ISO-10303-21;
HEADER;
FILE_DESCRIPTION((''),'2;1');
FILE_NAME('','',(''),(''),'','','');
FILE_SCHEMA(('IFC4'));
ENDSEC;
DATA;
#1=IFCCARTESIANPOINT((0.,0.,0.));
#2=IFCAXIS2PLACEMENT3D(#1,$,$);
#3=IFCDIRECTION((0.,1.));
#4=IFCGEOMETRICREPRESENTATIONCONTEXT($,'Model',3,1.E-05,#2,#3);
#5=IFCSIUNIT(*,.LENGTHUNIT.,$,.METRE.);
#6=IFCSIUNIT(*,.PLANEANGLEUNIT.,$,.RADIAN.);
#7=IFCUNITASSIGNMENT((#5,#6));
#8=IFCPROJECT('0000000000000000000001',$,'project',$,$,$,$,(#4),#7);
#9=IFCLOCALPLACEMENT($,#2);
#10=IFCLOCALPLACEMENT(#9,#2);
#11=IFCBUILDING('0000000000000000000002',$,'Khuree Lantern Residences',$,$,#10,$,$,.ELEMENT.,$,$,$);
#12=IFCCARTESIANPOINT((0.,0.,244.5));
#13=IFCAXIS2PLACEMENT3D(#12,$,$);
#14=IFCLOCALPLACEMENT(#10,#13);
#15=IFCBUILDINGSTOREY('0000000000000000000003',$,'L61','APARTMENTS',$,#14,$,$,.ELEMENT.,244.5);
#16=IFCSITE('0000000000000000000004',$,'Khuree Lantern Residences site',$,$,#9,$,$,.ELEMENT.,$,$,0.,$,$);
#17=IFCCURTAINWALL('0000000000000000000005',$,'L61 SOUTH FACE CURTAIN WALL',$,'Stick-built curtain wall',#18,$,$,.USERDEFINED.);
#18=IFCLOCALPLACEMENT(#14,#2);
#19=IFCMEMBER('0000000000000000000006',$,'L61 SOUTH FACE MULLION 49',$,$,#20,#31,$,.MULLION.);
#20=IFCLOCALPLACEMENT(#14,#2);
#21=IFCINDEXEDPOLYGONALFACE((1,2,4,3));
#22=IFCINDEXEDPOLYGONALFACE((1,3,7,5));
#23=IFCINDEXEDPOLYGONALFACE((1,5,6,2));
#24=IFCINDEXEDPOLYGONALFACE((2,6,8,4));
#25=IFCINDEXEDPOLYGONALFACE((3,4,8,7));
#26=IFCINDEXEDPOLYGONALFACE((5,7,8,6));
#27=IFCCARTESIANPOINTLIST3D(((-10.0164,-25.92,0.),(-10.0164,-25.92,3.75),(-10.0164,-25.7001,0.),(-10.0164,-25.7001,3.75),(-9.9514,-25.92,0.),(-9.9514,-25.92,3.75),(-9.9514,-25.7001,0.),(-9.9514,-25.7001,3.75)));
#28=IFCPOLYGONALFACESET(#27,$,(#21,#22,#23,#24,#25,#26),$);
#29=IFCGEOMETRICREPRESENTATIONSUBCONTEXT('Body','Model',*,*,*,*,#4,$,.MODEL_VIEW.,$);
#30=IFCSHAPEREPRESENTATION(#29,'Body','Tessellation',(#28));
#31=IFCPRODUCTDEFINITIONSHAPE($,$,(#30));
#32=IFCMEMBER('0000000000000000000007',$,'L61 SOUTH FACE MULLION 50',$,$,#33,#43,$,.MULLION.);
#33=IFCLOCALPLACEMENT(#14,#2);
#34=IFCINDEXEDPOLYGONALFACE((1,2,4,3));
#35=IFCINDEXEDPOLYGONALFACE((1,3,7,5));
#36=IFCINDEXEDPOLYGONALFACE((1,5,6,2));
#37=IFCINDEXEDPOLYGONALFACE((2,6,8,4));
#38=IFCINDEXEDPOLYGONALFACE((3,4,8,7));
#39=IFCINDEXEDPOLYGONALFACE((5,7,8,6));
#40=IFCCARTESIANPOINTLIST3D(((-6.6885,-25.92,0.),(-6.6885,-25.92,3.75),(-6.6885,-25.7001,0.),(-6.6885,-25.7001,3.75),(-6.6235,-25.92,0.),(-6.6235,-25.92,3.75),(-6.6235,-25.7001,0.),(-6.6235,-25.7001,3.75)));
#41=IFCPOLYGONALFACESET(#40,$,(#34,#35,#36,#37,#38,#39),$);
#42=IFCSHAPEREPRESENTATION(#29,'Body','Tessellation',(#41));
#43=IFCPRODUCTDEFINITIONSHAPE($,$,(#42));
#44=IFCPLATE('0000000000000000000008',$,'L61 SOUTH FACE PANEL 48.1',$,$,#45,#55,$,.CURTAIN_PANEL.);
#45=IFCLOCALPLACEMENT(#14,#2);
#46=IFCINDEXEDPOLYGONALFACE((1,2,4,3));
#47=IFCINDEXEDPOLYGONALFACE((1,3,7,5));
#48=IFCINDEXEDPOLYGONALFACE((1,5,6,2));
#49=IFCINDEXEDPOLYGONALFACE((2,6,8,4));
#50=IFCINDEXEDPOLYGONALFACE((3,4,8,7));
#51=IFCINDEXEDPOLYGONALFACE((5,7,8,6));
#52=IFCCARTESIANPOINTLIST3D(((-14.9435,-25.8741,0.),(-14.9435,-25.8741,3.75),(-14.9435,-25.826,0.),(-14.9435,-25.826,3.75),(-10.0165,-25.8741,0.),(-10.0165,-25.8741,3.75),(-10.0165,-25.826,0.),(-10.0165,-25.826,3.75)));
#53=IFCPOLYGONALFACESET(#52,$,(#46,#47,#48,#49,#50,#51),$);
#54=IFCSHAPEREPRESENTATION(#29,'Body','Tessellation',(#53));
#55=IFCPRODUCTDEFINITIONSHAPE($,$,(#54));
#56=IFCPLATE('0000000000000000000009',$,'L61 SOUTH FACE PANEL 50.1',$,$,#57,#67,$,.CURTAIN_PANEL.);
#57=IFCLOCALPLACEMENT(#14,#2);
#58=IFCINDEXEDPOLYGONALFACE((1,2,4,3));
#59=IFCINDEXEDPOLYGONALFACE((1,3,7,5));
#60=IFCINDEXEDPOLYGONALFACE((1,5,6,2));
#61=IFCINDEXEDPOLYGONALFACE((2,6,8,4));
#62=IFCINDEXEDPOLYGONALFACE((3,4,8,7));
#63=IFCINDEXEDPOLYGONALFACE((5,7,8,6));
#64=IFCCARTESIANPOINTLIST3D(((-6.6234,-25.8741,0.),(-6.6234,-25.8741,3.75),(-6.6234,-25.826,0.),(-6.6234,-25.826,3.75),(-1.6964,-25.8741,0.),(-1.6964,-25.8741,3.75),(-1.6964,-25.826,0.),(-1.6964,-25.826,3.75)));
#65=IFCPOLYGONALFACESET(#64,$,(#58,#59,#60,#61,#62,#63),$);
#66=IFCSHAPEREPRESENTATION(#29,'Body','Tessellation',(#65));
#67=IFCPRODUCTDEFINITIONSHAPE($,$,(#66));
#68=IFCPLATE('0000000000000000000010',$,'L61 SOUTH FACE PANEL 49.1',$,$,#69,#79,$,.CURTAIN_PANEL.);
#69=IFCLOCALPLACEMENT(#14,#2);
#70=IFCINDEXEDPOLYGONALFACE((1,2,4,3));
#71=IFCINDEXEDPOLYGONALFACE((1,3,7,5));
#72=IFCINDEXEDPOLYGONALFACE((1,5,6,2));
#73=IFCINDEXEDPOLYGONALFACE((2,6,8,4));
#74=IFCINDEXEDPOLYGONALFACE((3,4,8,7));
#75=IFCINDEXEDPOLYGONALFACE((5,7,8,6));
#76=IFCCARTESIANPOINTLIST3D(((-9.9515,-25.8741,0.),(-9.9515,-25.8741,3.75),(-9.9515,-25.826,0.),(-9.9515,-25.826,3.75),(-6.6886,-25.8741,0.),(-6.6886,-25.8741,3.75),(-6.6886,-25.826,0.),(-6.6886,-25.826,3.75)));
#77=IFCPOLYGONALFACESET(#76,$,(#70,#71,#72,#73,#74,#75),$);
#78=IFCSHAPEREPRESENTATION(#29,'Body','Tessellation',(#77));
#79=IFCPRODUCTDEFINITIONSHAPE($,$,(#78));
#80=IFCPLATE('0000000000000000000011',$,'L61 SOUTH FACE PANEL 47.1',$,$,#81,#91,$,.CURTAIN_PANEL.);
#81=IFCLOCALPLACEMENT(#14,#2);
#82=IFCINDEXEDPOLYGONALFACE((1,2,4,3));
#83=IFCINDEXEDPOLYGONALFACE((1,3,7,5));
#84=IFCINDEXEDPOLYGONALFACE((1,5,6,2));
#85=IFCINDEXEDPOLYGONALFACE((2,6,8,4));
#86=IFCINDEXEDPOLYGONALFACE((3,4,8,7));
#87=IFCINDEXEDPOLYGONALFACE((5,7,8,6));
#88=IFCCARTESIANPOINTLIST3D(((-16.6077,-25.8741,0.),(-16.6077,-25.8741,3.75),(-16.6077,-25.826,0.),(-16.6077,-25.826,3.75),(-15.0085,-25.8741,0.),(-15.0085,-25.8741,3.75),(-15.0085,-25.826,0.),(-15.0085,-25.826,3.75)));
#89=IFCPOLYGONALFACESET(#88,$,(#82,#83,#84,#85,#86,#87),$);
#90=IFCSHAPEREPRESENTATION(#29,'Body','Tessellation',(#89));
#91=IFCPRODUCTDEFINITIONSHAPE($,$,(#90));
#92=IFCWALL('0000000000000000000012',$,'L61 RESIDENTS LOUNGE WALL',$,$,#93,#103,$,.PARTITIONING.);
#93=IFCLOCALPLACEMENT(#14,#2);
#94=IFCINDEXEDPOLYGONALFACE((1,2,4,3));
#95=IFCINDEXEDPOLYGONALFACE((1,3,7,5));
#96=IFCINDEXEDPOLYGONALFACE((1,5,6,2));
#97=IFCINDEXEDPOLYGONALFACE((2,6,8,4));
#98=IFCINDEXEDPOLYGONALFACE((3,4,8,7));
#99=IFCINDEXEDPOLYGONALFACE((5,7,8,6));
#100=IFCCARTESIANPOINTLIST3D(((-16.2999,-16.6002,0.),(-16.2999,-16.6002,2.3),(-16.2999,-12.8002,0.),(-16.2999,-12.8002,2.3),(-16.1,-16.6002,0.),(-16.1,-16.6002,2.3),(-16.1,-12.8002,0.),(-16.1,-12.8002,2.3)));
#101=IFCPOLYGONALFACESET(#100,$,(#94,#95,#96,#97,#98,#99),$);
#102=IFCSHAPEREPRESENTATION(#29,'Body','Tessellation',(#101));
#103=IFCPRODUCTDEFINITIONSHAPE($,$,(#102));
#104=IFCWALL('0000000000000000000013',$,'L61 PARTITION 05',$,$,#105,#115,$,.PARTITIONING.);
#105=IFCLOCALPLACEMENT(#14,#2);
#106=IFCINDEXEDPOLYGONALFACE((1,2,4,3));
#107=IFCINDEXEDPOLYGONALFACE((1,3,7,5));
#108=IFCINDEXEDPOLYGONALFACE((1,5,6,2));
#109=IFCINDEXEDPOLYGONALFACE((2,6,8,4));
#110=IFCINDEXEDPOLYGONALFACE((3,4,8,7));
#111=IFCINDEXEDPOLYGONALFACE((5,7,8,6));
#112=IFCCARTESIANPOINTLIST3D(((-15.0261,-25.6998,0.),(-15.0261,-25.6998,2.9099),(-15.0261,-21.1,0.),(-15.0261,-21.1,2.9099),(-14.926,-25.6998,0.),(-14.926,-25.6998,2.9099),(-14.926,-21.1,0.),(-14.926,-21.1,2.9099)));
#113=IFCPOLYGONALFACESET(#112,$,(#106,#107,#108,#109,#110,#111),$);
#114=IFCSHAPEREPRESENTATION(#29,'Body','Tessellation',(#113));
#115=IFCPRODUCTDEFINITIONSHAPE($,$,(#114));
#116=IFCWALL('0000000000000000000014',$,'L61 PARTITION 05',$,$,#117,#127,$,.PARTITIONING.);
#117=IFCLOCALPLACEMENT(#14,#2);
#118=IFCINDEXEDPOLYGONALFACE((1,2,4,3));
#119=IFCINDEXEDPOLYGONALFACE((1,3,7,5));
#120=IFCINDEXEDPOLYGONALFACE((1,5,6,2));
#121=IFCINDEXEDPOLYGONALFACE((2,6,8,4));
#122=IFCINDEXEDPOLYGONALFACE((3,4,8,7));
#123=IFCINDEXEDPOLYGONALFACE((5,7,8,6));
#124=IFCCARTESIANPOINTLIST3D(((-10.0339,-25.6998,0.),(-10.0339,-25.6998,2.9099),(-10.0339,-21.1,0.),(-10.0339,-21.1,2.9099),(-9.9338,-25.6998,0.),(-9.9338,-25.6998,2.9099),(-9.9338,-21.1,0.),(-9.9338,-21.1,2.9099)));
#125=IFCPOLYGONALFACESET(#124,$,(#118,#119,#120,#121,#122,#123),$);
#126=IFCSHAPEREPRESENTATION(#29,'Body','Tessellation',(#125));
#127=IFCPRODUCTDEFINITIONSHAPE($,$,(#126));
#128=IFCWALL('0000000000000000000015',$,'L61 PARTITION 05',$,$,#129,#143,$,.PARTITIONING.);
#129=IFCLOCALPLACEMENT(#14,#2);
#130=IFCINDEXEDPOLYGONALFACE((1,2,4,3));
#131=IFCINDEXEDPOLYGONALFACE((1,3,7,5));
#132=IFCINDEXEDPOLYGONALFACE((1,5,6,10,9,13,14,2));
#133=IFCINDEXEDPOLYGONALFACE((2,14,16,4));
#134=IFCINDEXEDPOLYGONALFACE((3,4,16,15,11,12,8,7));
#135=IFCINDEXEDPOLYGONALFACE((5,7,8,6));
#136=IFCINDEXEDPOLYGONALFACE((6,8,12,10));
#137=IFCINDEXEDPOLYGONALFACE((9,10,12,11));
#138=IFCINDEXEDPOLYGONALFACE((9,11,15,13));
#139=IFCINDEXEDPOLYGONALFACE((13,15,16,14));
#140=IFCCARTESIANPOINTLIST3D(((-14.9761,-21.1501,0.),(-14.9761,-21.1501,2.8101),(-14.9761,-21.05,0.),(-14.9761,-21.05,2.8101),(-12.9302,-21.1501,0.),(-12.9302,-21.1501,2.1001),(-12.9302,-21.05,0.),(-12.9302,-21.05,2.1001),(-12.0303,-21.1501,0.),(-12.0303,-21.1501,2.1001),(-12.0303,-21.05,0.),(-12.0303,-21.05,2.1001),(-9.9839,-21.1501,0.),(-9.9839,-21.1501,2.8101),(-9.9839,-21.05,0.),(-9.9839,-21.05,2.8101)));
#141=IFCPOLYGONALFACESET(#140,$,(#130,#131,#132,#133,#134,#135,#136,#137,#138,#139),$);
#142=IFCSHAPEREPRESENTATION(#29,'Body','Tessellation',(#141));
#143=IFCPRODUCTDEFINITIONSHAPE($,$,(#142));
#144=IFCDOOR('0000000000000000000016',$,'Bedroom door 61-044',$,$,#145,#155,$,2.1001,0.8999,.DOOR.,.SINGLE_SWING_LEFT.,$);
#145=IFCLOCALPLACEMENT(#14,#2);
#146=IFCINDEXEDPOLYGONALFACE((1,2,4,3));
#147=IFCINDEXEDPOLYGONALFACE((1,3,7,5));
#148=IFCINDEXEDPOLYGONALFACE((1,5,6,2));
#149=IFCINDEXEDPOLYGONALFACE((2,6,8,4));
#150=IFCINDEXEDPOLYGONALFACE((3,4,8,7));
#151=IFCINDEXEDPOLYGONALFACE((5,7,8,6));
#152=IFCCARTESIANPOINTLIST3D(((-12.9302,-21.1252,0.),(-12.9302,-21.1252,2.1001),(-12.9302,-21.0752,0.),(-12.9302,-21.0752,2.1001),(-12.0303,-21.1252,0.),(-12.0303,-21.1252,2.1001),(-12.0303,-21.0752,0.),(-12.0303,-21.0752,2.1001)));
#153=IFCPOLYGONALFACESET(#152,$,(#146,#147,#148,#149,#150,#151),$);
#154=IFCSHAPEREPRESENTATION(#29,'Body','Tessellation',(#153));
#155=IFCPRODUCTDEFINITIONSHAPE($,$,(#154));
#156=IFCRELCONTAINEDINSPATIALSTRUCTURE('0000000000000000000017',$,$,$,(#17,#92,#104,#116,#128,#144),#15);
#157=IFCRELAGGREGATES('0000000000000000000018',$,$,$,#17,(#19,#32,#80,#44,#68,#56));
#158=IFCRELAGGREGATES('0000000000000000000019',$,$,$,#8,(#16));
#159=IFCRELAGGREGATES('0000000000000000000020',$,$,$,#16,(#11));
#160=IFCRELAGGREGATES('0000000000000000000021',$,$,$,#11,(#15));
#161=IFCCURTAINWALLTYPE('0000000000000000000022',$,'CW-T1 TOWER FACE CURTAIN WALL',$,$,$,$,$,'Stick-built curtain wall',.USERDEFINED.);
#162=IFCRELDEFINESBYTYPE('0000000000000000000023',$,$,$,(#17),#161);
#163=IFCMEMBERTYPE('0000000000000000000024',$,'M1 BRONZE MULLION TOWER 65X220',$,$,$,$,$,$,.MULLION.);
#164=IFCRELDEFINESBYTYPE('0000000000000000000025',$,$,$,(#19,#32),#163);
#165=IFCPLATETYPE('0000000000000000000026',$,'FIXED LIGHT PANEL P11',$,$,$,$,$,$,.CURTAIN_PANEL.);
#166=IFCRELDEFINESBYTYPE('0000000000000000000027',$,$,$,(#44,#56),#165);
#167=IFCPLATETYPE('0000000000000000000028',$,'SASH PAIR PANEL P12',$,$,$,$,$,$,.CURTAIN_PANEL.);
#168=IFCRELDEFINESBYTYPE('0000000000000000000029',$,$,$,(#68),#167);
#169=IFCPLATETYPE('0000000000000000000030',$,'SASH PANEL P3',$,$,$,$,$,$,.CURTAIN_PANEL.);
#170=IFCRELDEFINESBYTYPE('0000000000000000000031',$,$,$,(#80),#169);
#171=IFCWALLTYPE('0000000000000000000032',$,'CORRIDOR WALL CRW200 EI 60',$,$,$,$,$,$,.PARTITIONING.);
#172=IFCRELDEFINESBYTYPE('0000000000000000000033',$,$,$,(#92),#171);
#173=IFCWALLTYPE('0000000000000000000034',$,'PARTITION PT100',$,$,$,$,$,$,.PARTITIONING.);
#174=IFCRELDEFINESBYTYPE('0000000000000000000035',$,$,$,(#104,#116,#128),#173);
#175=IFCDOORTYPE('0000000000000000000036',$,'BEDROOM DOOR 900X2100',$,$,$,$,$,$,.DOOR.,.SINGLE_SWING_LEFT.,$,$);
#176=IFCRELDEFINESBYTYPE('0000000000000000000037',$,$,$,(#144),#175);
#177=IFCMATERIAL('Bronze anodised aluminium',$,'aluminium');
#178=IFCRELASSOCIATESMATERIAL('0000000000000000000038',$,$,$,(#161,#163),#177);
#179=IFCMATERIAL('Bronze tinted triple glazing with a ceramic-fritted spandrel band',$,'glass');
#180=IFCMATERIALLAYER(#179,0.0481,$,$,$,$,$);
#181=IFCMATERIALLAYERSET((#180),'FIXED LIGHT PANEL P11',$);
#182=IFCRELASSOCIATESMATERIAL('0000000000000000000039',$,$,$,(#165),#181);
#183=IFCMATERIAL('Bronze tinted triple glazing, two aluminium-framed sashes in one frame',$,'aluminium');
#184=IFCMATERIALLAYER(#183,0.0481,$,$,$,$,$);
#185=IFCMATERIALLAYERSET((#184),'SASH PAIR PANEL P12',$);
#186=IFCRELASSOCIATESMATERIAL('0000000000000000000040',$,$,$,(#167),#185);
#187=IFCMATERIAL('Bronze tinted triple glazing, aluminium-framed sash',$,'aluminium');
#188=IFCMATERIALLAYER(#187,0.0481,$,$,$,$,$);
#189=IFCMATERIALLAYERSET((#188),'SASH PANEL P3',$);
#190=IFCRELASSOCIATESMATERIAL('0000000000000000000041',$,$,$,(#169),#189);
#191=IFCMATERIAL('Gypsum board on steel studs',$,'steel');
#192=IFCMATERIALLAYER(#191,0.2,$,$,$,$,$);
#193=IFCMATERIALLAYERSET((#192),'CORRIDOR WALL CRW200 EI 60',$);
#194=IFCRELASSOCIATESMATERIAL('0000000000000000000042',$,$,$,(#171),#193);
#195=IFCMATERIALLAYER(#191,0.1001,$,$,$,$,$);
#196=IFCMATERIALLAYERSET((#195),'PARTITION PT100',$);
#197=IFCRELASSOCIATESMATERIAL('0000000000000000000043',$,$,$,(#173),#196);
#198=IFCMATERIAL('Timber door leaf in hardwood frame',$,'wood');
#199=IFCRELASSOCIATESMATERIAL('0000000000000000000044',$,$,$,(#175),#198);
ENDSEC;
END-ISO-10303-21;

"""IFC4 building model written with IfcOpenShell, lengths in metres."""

from ifc_helpers import new_model, si_unit, direction, frame, frame_2d, origin, origin_2d, place, context, subcontext, project, spatial, rectangle, extrude, material, layer, layer_set, material_profile, profile_set, type_object, element, fill, aggregate, save


model = new_model("IFC4")

# Units and contexts
model_context = context("Model", 3, precision=1e-05, world=origin(), true_north=direction((0.0, 1.0)))
body_context = subcontext(model_context, "Body", "Model", "MODEL_VIEW")
ifc_project = project(units=[si_unit("LENGTHUNIT", "METRE"), si_unit("PLANEANGLEUNIT", "RADIAN")], contexts=[model_context])

# Site, building, storey
site_placement = place(None, origin())
site = spatial("IfcSite", under=ifc_project, at=site_placement, Name="Khuree Lantern Residences site", CompositionType="ELEMENT", RefElevation=0.0)
building_placement = place(site_placement, origin())
building = spatial("IfcBuilding", under=site, at=building_placement, Name="Khuree Lantern Residences", CompositionType="ELEMENT")
storey_placement = place(building_placement, frame((0.0, 0.0, 244.5)))
storey = spatial("IfcBuildingStorey", under=building, at=storey_placement, Name="L61", Description="APARTMENTS", CompositionType="ELEMENT", Elevation=244.5)

# Curtain wall
ifc_material_1 = material(Name="Bronze anodised aluminium", Category="aluminium")
curtain_wall_type = type_object("IfcCurtainWallType", Name="CW-T1 TOWER FACE CURTAIN WALL", ElementType="Stick-built curtain wall", PredefinedType="USERDEFINED", material=ifc_material_1)
curtain_wall_placement = place(storey_placement, origin())
curtain_wall = element("IfcCurtainWall", 1, at=curtain_wall_placement, inside=storey, type_object=curtain_wall_type, Name="L61 SOUTH FACE CURTAIN WALL", ObjectType="Stick-built curtain wall", PredefinedType="USERDEFINED")

# Members
ifc_material_profile_1 = material_profile(ifc_material_1, rectangle(XDim=0.0649, YDim=0.22, at=origin_2d()), Name="M1 65X220")
ifc_profile_set_1 = profile_set([ifc_material_profile_1], Name="Bronze anodised aluminium")
member_type_1 = type_object("IfcMemberType", Name="M1 BRONZE MULLION TOWER 65X220", PredefinedType="MULLION", material=ifc_profile_set_1)
member_1_placement = place(storey_placement, frame((-9.9839, -25.8101, 0.0), z_axis=(0.0, 0.0, 1.0), x_axis=(1.0, 0.0, 0.0)))
member_1 = element("IfcMember", 2, at=member_1_placement, type_object=member_type_1, Name="L61 SOUTH FACE MULLION 49", PredefinedType="MULLION", context=body_context, shape_type="SweptSolid", body=[
    extrude(rectangle(XDim=0.0649, YDim=0.22, at=origin_2d()), origin(), (0.0, 0.0, 1.0), 3.75),
])
member_2_placement = place(storey_placement, frame((-6.656, -25.8101, 0.0), z_axis=(0.0, 0.0, 1.0), x_axis=(1.0, 0.0, 0.0)))
member_2 = element("IfcMember", 3, at=member_2_placement, type_object=member_type_1, Name="L61 SOUTH FACE MULLION 50", PredefinedType="MULLION", context=body_context, shape_type="SweptSolid", body=[
    extrude(rectangle(XDim=0.0649, YDim=0.22, at=origin_2d()), origin(), (0.0, 0.0, 1.0), 3.75),
])

# Plates
ifc_material_2 = material(Name="Bronze tinted triple glazing with a ceramic-fritted spandrel band", Category="glass")
ifc_layer_1 = layer(ifc_material_2, 0.0481)
ifc_layer_set_1 = layer_set([ifc_layer_1], Name="FIXED LIGHT PANEL P11")
plate_type_1 = type_object("IfcPlateType", Name="FIXED LIGHT PANEL P11", PredefinedType="CURTAIN_PANEL", material=ifc_layer_set_1)
plate_1_placement = place(storey_placement, frame((-12.48, -25.8501, 0.0), z_axis=(0.0, 0.0, 1.0), x_axis=(1.0, 0.0, 0.0)))
plate_1 = element("IfcPlate", 4, at=plate_1_placement, type_object=plate_type_1, Name="L61 SOUTH FACE PANEL 48.1", PredefinedType="CURTAIN_PANEL", context=body_context, shape_type="SweptSolid", body=[
    extrude(rectangle(XDim=4.927, YDim=0.0481, at=origin_2d()), origin(), (0.0, 0.0, 1.0), 3.75),
])
plate_2_placement = place(storey_placement, frame((-4.1599, -25.8501, 0.0), z_axis=(0.0, 0.0, 1.0), x_axis=(1.0, 0.0, 0.0)))
plate_2 = element("IfcPlate", 5, at=plate_2_placement, type_object=plate_type_1, Name="L61 SOUTH FACE PANEL 50.1", PredefinedType="CURTAIN_PANEL", context=body_context, shape_type="SweptSolid", body=[
    extrude(rectangle(XDim=4.927, YDim=0.0481, at=origin_2d()), origin(), (0.0, 0.0, 1.0), 3.75),
])
ifc_material_3 = material(Name="Bronze tinted triple glazing, two aluminium-framed sashes in one frame", Category="aluminium")
ifc_layer_2 = layer(ifc_material_3, 0.0481)
ifc_layer_set_2 = layer_set([ifc_layer_2], Name="SASH PAIR PANEL P12")
plate_type_2 = type_object("IfcPlateType", Name="SASH PAIR PANEL P12", PredefinedType="CURTAIN_PANEL", material=ifc_layer_set_2)
plate_3_placement = place(storey_placement, frame((-8.3201, -25.8501, 0.0), z_axis=(0.0, 0.0, 1.0), x_axis=(1.0, 0.0, 0.0)))
plate_3 = element("IfcPlate", 6, at=plate_3_placement, type_object=plate_type_2, Name="L61 SOUTH FACE PANEL 49.1", PredefinedType="CURTAIN_PANEL", context=body_context, shape_type="SweptSolid", body=[
    extrude(rectangle(XDim=3.2629, YDim=0.0481, at=origin_2d()), origin(), (0.0, 0.0, 1.0), 3.75),
])
ifc_material_4 = material(Name="Bronze tinted triple glazing, aluminium-framed sash", Category="aluminium")
ifc_layer_3 = layer(ifc_material_4, 0.0481)
ifc_layer_set_3 = layer_set([ifc_layer_3], Name="SASH PANEL P3")
plate_type_3 = type_object("IfcPlateType", Name="SASH PANEL P3", PredefinedType="CURTAIN_PANEL", material=ifc_layer_set_3)
plate_4_placement = place(storey_placement, frame((-15.8081, -25.8501, 0.0), z_axis=(0.0, 0.0, 1.0), x_axis=(1.0, 0.0, 0.0)))
plate_4 = element("IfcPlate", 7, at=plate_4_placement, type_object=plate_type_3, Name="L61 SOUTH FACE PANEL 47.1", PredefinedType="CURTAIN_PANEL", context=body_context, shape_type="SweptSolid", body=[
    extrude(rectangle(XDim=1.5991, YDim=0.0481, at=origin_2d()), origin(), (0.0, 0.0, 1.0), 3.75),
])
aggregate(curtain_wall, [member_1, member_2, plate_4, plate_1, plate_3, plate_2])

# Walls
ifc_material_5 = material(Name="Gypsum board on steel studs", Category="steel")
ifc_layer_4 = layer(ifc_material_5, 0.2)
ifc_layer_set_4 = layer_set([ifc_layer_4], Name="CORRIDOR WALL CRW200 EI 60")
wall_type_1 = type_object("IfcWallType", Name="CORRIDOR WALL CRW200 EI 60", PredefinedType="PARTITIONING", material=ifc_layer_set_4)
wall_1_placement = place(storey_placement, frame((-16.2, -16.6001, 0.0), z_axis=(0.0, 0.0, 1.0), x_axis=(0.0, 1.0, 0.0)))
element("IfcWall", 8, at=wall_1_placement, inside=storey, type_object=wall_type_1, Name="L61 RESIDENTS LOUNGE WALL", PredefinedType="PARTITIONING", context=body_context, shape_type="SweptSolid", body=[
    extrude(rectangle(XDim=3.8, YDim=0.2, at=frame_2d((1.8999, 0.0))), origin(), (0.0, 0.0, 1.0), 2.3),
])
ifc_layer_5 = layer(ifc_material_5, 0.1001)
ifc_layer_set_5 = layer_set([ifc_layer_5], Name="PARTITION PT100")
wall_type_2 = type_object("IfcWallType", Name="PARTITION PT100", PredefinedType="PARTITIONING", material=ifc_layer_set_5)
for number, where, z_axis, x_axis, name in (
    (9, (-14.9761, -21.1001, 0.0), (0.0, 0.0, 1.0), (0.0, -1.0, 0.0), "L61 PARTITION 05"),
    (10, (-9.9839, -21.1001, 0.0), (0.0, 0.0, 1.0), (0.0, -1.0, 0.0), "L61 PARTITION 05"),
):
    element("IfcWall", number, at=place(storey_placement, frame(where, z_axis=z_axis, x_axis=x_axis)), inside=storey, type_object=wall_type_2, Name=name, PredefinedType="PARTITIONING", context=body_context, shape_type="SweptSolid", body=[
        extrude(rectangle(XDim=4.5999, YDim=0.1001, at=frame_2d((2.2998, 0.0))), origin(), (0.0, 0.0, 1.0), 2.9099),
    ])

# Wall, opening, door
wall_2_placement = place(storey_placement, frame((-14.9761, -21.1001, 0.0), z_axis=(0.0, 0.0, 1.0), x_axis=(1.0, 0.0, 0.0)))
wall_2 = element("IfcWall", 11, at=wall_2_placement, inside=storey, type_object=wall_type_2, Name="L61 PARTITION 05", PredefinedType="PARTITIONING", context=body_context, shape_type="SweptSolid", body=[
    extrude(rectangle(XDim=4.9922, YDim=0.1001, at=frame_2d((2.4961, 0.0))), origin(), (0.0, 0.0, 1.0), 2.8101),
])
opening_placement = place(wall_2_placement, frame((2.0459, 0.0, 0.0)))
opening = element("IfcOpeningElement", 12, at=opening_placement, cuts=wall_2, PredefinedType="OPENING", context=body_context, shape_type="SweptSolid", body=[
    extrude(rectangle(XDim=0.8999, YDim=2.1001, at=frame_2d((0.45, 1.05))), frame((0.0, 0.0601, 0.0), z_axis=(0.0, -1.0, 0.0), x_axis=(1.0, 0.0, 0.0)), (0.0, 0.0, 1.0), 0.1201),
])
ifc_material_6 = material(Name="Timber door leaf in hardwood frame", Category="wood")
door_type = type_object("IfcDoorType", Name="BEDROOM DOOR 900X2100", OperationType="SINGLE_SWING_LEFT", PredefinedType="DOOR", material=ifc_material_6)
door_placement = place(opening_placement, origin())
door = element("IfcDoor", 13, at=door_placement, inside=storey, type_object=door_type, Name="Bedroom door 61-044", OperationType="SINGLE_SWING_LEFT", OverallHeight=2.1001, OverallWidth=0.8999, PredefinedType="DOOR", context=body_context, shape_type="SweptSolid", body=[
    extrude(rectangle(XDim=0.8999, YDim=2.1001, at=frame_2d((0.45, 1.05))), frame((0.0, 0.0249, 0.0), z_axis=(0.0, -1.0, 0.0), x_axis=(1.0, 0.0, 0.0)), (0.0, 0.0, 1.0), 0.05),
])
fill(opening, door)

save(model, "model.ifc")
